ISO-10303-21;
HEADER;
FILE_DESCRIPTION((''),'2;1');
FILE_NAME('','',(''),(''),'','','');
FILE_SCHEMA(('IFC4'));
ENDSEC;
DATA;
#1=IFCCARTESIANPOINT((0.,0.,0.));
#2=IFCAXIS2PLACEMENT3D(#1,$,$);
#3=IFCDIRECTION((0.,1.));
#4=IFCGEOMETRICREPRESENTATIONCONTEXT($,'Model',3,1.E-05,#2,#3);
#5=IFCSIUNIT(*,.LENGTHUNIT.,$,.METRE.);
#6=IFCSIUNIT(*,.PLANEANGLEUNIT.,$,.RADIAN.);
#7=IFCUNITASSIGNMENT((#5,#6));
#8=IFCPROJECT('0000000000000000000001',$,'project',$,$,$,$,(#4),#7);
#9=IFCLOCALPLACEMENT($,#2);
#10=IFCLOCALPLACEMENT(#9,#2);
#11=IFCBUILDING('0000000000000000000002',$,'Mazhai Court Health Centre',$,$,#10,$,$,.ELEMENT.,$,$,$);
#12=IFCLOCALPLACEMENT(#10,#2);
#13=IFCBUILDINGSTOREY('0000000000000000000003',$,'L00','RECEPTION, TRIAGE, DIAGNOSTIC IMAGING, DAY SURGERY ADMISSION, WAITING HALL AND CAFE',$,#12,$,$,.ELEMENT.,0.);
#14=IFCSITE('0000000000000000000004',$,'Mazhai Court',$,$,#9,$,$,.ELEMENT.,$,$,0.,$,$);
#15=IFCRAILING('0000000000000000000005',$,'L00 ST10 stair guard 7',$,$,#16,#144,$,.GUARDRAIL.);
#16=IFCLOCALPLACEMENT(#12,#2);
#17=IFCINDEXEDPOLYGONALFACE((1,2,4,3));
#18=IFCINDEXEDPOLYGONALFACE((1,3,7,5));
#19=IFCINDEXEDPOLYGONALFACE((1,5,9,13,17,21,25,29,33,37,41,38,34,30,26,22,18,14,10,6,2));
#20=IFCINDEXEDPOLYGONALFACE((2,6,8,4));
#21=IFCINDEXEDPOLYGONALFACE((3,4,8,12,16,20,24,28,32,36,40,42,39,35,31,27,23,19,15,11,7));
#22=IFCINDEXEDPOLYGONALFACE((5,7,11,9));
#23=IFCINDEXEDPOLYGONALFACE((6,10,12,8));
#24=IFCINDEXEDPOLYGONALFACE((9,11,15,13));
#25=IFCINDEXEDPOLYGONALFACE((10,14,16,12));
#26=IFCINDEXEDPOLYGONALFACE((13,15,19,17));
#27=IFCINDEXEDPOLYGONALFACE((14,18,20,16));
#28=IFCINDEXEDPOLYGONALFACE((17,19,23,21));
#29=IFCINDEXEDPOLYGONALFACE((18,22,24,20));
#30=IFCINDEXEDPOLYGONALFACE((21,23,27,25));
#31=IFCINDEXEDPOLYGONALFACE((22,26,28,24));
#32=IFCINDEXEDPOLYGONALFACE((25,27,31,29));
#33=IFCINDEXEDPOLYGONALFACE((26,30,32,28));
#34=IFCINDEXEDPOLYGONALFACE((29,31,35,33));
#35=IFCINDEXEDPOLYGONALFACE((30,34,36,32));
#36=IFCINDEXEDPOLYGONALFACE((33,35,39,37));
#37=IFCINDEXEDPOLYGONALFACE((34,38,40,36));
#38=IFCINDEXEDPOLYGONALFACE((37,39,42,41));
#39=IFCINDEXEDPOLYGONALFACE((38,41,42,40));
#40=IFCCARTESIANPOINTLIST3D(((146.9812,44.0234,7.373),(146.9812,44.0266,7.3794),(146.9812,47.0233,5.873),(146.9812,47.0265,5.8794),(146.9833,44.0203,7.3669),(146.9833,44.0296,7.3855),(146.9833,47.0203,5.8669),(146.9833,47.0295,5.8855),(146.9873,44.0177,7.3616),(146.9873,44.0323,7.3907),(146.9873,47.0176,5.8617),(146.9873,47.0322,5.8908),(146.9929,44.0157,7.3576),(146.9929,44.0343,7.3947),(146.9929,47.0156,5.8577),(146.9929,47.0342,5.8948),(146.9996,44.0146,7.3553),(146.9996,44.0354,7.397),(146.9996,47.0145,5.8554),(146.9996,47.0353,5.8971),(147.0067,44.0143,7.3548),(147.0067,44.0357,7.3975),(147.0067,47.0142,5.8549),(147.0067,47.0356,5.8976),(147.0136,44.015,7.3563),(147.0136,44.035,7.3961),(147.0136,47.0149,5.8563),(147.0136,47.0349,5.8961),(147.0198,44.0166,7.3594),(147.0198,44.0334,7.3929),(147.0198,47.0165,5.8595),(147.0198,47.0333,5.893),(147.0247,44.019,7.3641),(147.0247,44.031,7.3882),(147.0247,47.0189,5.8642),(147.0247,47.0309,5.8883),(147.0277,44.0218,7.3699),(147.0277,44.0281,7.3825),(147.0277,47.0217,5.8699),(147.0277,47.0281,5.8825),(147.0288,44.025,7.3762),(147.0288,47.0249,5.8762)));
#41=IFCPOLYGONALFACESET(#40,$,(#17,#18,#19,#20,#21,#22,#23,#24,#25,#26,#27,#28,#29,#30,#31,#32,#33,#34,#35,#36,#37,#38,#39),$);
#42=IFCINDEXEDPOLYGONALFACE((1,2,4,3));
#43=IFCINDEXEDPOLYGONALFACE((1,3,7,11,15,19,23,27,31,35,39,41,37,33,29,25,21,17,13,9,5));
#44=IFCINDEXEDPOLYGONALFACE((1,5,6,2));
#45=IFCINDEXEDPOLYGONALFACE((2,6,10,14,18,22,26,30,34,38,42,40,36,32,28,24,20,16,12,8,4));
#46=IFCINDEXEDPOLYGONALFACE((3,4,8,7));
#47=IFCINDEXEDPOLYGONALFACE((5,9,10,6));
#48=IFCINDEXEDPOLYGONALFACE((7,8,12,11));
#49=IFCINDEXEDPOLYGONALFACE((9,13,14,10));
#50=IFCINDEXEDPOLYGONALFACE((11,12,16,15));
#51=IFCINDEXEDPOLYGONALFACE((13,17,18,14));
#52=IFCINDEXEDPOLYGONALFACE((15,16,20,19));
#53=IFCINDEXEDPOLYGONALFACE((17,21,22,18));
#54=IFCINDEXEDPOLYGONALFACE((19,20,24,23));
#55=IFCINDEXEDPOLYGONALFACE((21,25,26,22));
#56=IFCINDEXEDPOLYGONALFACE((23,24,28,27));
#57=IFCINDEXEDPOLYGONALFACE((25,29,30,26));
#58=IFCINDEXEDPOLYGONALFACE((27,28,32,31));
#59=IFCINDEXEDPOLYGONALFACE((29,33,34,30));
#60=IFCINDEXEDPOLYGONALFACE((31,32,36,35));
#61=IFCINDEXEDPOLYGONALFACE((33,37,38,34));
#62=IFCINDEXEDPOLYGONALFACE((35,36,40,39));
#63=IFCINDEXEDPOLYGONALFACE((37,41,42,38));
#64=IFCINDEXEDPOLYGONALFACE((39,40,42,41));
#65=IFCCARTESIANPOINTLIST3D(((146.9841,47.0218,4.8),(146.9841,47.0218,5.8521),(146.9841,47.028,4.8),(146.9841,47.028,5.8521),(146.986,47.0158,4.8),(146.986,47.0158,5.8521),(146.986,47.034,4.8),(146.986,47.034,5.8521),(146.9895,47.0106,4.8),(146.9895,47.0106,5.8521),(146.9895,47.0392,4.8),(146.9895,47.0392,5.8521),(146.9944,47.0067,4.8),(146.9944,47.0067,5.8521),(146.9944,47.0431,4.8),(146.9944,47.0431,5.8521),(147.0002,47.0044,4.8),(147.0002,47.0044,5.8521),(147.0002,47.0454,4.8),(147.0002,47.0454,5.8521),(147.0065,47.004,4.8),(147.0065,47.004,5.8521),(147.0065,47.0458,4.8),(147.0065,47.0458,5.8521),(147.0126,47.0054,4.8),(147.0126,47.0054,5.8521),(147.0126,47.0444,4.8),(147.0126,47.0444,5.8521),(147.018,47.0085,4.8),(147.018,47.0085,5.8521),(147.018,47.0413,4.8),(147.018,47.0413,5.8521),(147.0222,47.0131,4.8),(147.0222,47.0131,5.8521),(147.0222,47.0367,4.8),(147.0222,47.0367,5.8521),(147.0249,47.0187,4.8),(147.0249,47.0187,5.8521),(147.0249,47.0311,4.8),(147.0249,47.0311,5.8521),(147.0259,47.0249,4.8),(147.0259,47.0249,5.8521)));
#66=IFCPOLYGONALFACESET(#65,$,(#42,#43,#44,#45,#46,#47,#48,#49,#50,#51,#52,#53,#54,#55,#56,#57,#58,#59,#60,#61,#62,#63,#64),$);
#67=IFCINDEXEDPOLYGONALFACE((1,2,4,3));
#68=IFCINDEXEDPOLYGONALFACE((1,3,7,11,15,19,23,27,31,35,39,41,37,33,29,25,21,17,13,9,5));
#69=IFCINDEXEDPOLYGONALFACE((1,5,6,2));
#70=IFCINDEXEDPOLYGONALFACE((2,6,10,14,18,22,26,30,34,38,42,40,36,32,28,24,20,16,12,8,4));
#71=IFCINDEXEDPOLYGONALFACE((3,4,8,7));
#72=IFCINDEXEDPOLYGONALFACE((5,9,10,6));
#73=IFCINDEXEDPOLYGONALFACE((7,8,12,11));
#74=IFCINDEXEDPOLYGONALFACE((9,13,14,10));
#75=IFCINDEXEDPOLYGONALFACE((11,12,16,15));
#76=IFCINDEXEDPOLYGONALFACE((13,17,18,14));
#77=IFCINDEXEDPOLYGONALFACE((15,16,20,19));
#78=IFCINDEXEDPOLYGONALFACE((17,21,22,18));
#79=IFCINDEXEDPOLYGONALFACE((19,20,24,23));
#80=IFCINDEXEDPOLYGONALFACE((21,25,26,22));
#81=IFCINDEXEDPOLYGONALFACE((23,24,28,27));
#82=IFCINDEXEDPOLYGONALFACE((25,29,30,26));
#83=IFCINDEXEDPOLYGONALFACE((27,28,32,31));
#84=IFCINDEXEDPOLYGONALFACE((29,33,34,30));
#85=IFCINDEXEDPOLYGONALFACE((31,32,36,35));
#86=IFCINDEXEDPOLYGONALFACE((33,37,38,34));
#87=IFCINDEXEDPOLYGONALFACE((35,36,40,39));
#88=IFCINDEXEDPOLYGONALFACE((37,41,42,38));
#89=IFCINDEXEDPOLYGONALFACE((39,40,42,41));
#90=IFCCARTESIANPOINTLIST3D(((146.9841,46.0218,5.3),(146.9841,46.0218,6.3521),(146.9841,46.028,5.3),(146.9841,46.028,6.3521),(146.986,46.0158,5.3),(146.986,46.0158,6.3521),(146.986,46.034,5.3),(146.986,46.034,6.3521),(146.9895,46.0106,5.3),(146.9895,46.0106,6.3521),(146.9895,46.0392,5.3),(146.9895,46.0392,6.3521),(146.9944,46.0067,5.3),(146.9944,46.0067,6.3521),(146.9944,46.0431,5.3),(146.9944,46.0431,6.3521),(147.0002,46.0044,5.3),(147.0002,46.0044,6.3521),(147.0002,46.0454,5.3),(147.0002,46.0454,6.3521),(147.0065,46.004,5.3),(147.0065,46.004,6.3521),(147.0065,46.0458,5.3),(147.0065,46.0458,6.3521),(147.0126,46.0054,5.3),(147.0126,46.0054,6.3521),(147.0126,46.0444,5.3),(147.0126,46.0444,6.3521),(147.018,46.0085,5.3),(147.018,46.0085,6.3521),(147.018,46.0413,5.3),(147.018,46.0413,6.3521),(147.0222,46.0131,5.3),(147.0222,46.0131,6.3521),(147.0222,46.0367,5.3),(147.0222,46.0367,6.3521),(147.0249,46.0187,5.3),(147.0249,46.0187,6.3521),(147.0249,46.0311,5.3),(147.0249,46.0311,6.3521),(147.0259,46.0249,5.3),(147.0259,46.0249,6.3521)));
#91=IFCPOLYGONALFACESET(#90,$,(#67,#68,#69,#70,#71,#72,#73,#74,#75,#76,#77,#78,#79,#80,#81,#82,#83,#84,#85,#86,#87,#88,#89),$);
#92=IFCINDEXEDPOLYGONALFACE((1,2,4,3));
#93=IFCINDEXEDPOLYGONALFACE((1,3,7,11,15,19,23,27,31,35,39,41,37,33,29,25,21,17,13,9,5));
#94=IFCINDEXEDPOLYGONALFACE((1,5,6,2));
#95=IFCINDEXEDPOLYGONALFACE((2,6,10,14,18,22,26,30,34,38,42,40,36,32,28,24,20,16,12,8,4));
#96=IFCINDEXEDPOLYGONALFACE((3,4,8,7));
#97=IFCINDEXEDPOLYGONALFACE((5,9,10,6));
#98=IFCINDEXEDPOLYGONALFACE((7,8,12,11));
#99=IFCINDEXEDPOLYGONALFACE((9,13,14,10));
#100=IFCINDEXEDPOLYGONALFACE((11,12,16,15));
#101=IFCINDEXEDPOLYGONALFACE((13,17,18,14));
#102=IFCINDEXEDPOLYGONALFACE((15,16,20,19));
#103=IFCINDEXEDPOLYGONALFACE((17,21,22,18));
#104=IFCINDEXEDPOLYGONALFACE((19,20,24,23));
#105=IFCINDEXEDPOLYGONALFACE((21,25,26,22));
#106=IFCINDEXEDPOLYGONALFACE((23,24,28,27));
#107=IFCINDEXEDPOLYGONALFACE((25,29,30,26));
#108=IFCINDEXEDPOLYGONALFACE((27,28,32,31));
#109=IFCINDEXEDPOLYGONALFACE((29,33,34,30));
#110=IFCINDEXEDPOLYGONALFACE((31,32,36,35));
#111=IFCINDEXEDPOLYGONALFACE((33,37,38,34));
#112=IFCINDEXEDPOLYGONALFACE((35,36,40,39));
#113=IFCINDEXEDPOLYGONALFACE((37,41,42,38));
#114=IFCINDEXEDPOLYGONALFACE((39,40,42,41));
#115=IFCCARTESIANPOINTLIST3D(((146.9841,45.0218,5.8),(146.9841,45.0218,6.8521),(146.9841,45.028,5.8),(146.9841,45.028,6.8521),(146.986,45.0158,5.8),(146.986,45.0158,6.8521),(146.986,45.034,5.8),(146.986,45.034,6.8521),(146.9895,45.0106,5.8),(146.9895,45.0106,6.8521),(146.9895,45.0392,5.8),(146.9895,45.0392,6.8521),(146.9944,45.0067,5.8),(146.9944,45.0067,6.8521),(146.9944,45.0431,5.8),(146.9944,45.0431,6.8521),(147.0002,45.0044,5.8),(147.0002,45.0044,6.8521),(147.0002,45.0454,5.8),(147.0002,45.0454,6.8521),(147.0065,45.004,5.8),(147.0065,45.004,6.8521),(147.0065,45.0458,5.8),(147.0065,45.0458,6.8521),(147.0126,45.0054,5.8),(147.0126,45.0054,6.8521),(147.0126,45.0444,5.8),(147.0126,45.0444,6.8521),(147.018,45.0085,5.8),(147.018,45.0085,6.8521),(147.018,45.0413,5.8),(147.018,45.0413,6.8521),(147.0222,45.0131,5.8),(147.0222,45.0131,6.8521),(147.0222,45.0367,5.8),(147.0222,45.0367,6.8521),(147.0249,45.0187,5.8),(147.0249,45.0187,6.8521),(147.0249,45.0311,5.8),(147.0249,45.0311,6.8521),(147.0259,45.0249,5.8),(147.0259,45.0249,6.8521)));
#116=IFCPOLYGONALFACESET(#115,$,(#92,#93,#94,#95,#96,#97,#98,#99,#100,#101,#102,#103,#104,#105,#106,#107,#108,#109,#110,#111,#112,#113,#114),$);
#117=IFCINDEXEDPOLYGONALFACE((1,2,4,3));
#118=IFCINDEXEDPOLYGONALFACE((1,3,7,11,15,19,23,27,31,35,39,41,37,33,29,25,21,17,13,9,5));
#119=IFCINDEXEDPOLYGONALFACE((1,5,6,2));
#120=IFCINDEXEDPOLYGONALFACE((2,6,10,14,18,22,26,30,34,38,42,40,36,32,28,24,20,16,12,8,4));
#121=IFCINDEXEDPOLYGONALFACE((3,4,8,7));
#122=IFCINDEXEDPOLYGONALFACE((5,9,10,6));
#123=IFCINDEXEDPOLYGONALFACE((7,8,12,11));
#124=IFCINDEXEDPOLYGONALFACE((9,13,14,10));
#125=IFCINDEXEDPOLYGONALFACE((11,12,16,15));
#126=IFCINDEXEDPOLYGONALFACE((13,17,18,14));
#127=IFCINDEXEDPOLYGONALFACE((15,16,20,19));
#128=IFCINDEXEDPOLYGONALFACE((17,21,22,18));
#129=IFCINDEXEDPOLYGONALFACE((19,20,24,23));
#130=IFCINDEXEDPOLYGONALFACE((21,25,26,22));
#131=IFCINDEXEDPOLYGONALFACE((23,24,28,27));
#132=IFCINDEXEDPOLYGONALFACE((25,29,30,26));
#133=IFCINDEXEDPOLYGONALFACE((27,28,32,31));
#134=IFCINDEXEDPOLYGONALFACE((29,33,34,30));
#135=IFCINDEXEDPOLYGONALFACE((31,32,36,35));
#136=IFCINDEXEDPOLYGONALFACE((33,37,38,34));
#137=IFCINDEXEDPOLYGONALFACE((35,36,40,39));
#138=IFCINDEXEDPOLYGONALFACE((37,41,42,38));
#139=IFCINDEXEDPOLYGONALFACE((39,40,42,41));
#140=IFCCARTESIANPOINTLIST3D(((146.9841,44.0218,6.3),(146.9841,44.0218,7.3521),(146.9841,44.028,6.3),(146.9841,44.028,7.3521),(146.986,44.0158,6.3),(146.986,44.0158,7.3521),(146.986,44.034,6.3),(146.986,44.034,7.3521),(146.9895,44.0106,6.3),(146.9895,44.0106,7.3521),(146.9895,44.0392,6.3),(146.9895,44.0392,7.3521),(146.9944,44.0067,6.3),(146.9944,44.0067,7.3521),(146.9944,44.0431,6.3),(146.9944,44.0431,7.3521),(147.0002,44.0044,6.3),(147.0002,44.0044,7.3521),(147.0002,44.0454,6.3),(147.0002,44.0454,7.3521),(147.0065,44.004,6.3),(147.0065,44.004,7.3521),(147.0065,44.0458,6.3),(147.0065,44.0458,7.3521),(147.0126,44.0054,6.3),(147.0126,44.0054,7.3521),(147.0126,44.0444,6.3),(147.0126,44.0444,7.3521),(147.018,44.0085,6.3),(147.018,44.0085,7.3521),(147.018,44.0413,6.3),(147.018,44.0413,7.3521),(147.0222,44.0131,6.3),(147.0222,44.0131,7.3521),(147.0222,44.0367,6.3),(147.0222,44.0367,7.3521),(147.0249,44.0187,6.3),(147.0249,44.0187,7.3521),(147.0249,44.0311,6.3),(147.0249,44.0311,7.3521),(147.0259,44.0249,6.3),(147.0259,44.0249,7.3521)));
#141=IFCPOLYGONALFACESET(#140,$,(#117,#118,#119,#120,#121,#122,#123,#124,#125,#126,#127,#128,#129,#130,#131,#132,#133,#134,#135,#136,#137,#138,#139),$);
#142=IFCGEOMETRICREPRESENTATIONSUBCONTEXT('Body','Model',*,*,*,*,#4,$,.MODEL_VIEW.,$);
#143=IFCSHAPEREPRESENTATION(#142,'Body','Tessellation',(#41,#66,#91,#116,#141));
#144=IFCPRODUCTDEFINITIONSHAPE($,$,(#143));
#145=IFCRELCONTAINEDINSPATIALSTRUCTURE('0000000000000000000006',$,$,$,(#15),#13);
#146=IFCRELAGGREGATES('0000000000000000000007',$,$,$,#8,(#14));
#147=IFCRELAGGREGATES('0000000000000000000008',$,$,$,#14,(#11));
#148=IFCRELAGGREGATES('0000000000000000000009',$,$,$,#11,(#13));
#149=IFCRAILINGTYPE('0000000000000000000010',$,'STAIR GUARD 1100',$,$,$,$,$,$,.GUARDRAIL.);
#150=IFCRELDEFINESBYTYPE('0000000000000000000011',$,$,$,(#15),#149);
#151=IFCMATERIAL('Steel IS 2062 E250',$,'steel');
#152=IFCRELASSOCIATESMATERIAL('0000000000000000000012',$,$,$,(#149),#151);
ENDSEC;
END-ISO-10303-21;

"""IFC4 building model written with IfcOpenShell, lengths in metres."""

from ifc_helpers import new_model, si_unit, direction, frame, origin, origin_2d, place, context, subcontext, project, spatial, circle, extrude, material, type_object, element, save


model = new_model("IFC4")

# Units and contexts
model_context = context("Model", 3, precision=1e-05, world=origin(), true_north=direction((0.0, 1.0)))
body_context = subcontext(model_context, "Body", "Model", "MODEL_VIEW")
ifc_project = project(units=[si_unit("LENGTHUNIT", "METRE"), si_unit("PLANEANGLEUNIT", "RADIAN")], contexts=[model_context])

# Site, building, storey
site_placement = place(None, origin())
site = spatial("IfcSite", under=ifc_project, at=site_placement, Name="Mazhai Court", CompositionType="ELEMENT", RefElevation=0.0)
building_placement = place(site_placement, origin())
building = spatial("IfcBuilding", under=site, at=building_placement, Name="Mazhai Court Health Centre", CompositionType="ELEMENT")
storey_placement = place(building_placement, origin())
storey = spatial("IfcBuildingStorey", under=building, at=storey_placement, Name="L00", Description="RECEPTION, TRIAGE, DIAGNOSTIC IMAGING, DAY SURGERY ADMISSION, WAITING HALL AND CAFE", CompositionType="ELEMENT", Elevation=0.0)

# Railing
ifc_material_1 = material(Name="Steel IS 2062 E250", Category="steel")
railing_type_1 = type_object("IfcRailingType", Name="STAIR GUARD 1100", PredefinedType="GUARDRAIL", material=ifc_material_1)
railing_1_placement = place(storey_placement, frame((147.0049, 47.0249, 4.8)))
element("IfcRailing", 1, at=railing_1_placement, inside=storey, type_object=railing_type_1, Name="L00 ST10 stair guard 7", PredefinedType="GUARDRAIL", context=body_context, shape_type="SweptSolid", body=[
    extrude(circle(Radius=0.0239, at=origin_2d()), frame((0.0, 0.0, 1.0762), z_axis=(0.0, -0.894427, 0.447214), x_axis=(1.0, 0.0, 0.0)), (0.0, 0.0, 1.0), 3.354),
    extrude(circle(Radius=0.021, at=origin_2d()), origin(), (0.0, 0.0, 1.0), 1.052),
    extrude(circle(Radius=0.021, at=origin_2d()), frame((0.0, -1.0, 0.5)), (0.0, 0.0, 1.0), 1.052),
    extrude(circle(Radius=0.021, at=origin_2d()), frame((0.0, -2.0, 1.0)), (0.0, 0.0, 1.0), 1.052),
    extrude(circle(Radius=0.021, at=origin_2d()), frame((0.0, -3.0, 1.5)), (0.0, 0.0, 1.0), 1.052),
])

save(model, "model.ifc")
